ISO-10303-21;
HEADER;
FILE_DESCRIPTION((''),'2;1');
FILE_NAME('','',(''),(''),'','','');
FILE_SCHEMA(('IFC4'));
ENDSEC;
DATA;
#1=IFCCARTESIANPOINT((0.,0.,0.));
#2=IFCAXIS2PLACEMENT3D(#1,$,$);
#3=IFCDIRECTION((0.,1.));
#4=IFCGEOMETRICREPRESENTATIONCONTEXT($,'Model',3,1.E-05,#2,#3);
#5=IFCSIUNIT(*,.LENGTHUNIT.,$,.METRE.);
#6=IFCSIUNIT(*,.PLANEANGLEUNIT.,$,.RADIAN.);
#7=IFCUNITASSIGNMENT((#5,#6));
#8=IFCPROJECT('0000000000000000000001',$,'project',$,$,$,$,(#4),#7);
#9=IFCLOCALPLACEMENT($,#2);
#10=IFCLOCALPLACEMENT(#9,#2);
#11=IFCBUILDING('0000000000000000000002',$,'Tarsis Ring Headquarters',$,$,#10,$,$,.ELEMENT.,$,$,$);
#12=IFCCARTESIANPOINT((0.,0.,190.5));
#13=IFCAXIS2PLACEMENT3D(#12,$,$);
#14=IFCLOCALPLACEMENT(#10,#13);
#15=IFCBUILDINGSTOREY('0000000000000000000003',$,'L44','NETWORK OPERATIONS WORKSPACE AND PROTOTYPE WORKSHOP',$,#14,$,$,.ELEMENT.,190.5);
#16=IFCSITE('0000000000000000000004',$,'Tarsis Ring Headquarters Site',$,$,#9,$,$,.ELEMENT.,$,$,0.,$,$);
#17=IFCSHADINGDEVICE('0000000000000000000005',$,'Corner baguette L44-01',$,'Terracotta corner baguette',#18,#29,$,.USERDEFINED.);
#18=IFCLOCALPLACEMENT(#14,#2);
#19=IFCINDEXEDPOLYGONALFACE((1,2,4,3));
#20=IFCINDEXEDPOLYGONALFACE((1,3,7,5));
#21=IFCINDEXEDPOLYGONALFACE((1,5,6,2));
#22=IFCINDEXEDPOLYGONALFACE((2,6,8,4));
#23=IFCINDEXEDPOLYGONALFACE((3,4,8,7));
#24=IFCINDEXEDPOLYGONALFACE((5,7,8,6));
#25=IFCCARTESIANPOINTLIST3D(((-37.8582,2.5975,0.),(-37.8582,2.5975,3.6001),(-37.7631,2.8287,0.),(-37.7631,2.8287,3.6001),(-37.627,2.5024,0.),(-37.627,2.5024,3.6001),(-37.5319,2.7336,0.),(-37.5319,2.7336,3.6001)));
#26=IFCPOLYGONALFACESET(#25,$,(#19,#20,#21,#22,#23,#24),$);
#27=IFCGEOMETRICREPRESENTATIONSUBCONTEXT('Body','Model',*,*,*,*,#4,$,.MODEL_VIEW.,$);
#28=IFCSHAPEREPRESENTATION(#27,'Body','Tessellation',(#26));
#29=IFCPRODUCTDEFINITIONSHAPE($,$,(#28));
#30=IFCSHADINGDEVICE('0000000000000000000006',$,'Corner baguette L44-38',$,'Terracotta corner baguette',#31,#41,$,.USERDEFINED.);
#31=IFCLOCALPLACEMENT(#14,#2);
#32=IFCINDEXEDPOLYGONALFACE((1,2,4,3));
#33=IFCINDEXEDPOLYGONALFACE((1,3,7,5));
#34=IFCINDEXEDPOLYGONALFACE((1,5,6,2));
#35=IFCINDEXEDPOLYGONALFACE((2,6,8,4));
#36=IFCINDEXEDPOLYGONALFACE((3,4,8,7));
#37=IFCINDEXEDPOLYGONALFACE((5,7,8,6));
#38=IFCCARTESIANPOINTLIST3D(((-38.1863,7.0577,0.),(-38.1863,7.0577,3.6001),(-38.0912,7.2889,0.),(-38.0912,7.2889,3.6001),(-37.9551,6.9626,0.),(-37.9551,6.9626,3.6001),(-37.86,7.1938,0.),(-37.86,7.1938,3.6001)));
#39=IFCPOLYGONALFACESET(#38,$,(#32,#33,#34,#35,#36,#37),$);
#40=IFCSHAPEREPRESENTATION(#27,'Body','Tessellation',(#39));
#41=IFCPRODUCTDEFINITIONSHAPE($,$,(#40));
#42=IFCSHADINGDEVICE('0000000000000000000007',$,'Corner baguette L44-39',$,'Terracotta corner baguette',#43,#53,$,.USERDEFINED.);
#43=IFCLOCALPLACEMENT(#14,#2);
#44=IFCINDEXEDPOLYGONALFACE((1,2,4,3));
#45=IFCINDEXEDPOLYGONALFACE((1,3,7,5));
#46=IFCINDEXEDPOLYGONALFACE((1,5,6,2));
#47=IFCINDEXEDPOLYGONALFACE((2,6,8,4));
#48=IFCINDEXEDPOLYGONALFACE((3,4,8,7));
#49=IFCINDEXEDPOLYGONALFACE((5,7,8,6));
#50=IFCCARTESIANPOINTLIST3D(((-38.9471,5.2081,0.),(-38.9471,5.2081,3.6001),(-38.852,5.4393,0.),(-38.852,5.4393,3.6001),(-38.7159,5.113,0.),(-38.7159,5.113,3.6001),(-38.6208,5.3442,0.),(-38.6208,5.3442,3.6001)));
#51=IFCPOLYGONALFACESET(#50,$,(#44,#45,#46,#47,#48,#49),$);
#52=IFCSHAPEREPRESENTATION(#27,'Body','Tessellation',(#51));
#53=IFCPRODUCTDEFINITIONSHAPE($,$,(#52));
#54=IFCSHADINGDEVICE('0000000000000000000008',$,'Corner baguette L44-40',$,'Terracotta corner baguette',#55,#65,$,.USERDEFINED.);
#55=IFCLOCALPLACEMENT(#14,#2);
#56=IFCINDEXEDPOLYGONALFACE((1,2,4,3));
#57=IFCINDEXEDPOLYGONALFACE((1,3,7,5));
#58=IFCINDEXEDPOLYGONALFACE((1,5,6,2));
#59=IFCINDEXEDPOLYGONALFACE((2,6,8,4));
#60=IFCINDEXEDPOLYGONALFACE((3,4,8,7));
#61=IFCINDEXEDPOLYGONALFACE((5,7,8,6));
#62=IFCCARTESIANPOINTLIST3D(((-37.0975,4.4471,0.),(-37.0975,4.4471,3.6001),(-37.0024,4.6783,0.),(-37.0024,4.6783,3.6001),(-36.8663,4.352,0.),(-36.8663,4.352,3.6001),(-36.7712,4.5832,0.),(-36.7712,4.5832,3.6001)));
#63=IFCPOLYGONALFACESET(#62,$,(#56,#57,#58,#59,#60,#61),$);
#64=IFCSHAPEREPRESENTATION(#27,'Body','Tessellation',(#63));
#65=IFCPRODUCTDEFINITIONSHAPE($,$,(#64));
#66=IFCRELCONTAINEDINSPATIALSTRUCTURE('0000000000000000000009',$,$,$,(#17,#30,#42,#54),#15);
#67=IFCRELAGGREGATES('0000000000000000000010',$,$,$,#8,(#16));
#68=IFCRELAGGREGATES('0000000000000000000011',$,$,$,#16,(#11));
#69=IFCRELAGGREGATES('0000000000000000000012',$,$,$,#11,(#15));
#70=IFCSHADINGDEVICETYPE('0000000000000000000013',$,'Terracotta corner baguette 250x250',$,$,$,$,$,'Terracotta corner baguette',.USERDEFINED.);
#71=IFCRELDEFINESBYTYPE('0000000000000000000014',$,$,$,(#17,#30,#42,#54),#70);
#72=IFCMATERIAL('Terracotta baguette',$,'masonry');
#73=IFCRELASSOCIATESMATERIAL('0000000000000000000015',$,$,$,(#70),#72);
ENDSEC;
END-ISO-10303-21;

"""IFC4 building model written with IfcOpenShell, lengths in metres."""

from ifc_helpers import new_model, si_unit, direction, frame, origin, origin_2d, place, context, subcontext, project, spatial, rectangle, extrude, material, type_object, element, save


model = new_model("IFC4")

# Units and contexts
model_context = context("Model", 3, precision=1e-05, world=origin(), true_north=direction((0.0, 1.0)))
body_context = subcontext(model_context, "Body", "Model", "MODEL_VIEW")
ifc_project = project(units=[si_unit("LENGTHUNIT", "METRE"), si_unit("PLANEANGLEUNIT", "RADIAN")], contexts=[model_context])

# Site, building, storey
site_placement = place(None, origin())
site = spatial("IfcSite", under=ifc_project, at=site_placement, Name="Tarsis Ring Headquarters Site", CompositionType="ELEMENT", RefElevation=0.0)
building_placement = place(site_placement, origin())
building = spatial("IfcBuilding", under=site, at=building_placement, Name="Tarsis Ring Headquarters", CompositionType="ELEMENT")
storey_placement = place(building_placement, frame((0.0, 0.0, 190.5)))
storey = spatial("IfcBuildingStorey", under=building, at=storey_placement, Name="L44", Description="NETWORK OPERATIONS WORKSPACE AND PROTOTYPE WORKSHOP", CompositionType="ELEMENT", Elevation=190.5)

# Shading devices
ifc_material_1 = material(Name="Terracotta baguette", Category="masonry")
shading_device_type = type_object("IfcShadingDeviceType", Name="Terracotta corner baguette 250x250", ElementType="Terracotta corner baguette", PredefinedType="USERDEFINED", material=ifc_material_1)
for number, where, z_axis, x_axis, name in (
    (1, (-37.6951, 2.6655, 0.0), (0.0, 0.0, 1.0), (-0.380424, -0.924812, 0.0), "Corner baguette L44-01"),
    (2, (-38.0232, 7.1257, 0.0), (0.0, 0.0, 1.0), (0.924812, -0.380425, 0.0), "Corner baguette L44-38"),
    (3, (-38.7839, 5.2761, 0.0), (0.0, 0.0, 1.0), (-0.380425, -0.924812, 0.0), "Corner baguette L44-39"),
    (4, (-36.9343, 4.5151, 0.0), (0.0, 0.0, 1.0), (0.924812, -0.380425, 0.0), "Corner baguette L44-40"),
):
    element("IfcShadingDevice", number, at=place(storey_placement, frame(where, z_axis=z_axis, x_axis=x_axis)), inside=storey, type_object=shading_device_type, Name=name, ObjectType="Terracotta corner baguette", PredefinedType="USERDEFINED", context=body_context, shape_type="SweptSolid", body=[
        extrude(rectangle(XDim=0.25, YDim=0.25, at=origin_2d()), origin(), (0.0, 0.0, 1.0), 3.6001),
    ])

save(model, "model.ifc")
